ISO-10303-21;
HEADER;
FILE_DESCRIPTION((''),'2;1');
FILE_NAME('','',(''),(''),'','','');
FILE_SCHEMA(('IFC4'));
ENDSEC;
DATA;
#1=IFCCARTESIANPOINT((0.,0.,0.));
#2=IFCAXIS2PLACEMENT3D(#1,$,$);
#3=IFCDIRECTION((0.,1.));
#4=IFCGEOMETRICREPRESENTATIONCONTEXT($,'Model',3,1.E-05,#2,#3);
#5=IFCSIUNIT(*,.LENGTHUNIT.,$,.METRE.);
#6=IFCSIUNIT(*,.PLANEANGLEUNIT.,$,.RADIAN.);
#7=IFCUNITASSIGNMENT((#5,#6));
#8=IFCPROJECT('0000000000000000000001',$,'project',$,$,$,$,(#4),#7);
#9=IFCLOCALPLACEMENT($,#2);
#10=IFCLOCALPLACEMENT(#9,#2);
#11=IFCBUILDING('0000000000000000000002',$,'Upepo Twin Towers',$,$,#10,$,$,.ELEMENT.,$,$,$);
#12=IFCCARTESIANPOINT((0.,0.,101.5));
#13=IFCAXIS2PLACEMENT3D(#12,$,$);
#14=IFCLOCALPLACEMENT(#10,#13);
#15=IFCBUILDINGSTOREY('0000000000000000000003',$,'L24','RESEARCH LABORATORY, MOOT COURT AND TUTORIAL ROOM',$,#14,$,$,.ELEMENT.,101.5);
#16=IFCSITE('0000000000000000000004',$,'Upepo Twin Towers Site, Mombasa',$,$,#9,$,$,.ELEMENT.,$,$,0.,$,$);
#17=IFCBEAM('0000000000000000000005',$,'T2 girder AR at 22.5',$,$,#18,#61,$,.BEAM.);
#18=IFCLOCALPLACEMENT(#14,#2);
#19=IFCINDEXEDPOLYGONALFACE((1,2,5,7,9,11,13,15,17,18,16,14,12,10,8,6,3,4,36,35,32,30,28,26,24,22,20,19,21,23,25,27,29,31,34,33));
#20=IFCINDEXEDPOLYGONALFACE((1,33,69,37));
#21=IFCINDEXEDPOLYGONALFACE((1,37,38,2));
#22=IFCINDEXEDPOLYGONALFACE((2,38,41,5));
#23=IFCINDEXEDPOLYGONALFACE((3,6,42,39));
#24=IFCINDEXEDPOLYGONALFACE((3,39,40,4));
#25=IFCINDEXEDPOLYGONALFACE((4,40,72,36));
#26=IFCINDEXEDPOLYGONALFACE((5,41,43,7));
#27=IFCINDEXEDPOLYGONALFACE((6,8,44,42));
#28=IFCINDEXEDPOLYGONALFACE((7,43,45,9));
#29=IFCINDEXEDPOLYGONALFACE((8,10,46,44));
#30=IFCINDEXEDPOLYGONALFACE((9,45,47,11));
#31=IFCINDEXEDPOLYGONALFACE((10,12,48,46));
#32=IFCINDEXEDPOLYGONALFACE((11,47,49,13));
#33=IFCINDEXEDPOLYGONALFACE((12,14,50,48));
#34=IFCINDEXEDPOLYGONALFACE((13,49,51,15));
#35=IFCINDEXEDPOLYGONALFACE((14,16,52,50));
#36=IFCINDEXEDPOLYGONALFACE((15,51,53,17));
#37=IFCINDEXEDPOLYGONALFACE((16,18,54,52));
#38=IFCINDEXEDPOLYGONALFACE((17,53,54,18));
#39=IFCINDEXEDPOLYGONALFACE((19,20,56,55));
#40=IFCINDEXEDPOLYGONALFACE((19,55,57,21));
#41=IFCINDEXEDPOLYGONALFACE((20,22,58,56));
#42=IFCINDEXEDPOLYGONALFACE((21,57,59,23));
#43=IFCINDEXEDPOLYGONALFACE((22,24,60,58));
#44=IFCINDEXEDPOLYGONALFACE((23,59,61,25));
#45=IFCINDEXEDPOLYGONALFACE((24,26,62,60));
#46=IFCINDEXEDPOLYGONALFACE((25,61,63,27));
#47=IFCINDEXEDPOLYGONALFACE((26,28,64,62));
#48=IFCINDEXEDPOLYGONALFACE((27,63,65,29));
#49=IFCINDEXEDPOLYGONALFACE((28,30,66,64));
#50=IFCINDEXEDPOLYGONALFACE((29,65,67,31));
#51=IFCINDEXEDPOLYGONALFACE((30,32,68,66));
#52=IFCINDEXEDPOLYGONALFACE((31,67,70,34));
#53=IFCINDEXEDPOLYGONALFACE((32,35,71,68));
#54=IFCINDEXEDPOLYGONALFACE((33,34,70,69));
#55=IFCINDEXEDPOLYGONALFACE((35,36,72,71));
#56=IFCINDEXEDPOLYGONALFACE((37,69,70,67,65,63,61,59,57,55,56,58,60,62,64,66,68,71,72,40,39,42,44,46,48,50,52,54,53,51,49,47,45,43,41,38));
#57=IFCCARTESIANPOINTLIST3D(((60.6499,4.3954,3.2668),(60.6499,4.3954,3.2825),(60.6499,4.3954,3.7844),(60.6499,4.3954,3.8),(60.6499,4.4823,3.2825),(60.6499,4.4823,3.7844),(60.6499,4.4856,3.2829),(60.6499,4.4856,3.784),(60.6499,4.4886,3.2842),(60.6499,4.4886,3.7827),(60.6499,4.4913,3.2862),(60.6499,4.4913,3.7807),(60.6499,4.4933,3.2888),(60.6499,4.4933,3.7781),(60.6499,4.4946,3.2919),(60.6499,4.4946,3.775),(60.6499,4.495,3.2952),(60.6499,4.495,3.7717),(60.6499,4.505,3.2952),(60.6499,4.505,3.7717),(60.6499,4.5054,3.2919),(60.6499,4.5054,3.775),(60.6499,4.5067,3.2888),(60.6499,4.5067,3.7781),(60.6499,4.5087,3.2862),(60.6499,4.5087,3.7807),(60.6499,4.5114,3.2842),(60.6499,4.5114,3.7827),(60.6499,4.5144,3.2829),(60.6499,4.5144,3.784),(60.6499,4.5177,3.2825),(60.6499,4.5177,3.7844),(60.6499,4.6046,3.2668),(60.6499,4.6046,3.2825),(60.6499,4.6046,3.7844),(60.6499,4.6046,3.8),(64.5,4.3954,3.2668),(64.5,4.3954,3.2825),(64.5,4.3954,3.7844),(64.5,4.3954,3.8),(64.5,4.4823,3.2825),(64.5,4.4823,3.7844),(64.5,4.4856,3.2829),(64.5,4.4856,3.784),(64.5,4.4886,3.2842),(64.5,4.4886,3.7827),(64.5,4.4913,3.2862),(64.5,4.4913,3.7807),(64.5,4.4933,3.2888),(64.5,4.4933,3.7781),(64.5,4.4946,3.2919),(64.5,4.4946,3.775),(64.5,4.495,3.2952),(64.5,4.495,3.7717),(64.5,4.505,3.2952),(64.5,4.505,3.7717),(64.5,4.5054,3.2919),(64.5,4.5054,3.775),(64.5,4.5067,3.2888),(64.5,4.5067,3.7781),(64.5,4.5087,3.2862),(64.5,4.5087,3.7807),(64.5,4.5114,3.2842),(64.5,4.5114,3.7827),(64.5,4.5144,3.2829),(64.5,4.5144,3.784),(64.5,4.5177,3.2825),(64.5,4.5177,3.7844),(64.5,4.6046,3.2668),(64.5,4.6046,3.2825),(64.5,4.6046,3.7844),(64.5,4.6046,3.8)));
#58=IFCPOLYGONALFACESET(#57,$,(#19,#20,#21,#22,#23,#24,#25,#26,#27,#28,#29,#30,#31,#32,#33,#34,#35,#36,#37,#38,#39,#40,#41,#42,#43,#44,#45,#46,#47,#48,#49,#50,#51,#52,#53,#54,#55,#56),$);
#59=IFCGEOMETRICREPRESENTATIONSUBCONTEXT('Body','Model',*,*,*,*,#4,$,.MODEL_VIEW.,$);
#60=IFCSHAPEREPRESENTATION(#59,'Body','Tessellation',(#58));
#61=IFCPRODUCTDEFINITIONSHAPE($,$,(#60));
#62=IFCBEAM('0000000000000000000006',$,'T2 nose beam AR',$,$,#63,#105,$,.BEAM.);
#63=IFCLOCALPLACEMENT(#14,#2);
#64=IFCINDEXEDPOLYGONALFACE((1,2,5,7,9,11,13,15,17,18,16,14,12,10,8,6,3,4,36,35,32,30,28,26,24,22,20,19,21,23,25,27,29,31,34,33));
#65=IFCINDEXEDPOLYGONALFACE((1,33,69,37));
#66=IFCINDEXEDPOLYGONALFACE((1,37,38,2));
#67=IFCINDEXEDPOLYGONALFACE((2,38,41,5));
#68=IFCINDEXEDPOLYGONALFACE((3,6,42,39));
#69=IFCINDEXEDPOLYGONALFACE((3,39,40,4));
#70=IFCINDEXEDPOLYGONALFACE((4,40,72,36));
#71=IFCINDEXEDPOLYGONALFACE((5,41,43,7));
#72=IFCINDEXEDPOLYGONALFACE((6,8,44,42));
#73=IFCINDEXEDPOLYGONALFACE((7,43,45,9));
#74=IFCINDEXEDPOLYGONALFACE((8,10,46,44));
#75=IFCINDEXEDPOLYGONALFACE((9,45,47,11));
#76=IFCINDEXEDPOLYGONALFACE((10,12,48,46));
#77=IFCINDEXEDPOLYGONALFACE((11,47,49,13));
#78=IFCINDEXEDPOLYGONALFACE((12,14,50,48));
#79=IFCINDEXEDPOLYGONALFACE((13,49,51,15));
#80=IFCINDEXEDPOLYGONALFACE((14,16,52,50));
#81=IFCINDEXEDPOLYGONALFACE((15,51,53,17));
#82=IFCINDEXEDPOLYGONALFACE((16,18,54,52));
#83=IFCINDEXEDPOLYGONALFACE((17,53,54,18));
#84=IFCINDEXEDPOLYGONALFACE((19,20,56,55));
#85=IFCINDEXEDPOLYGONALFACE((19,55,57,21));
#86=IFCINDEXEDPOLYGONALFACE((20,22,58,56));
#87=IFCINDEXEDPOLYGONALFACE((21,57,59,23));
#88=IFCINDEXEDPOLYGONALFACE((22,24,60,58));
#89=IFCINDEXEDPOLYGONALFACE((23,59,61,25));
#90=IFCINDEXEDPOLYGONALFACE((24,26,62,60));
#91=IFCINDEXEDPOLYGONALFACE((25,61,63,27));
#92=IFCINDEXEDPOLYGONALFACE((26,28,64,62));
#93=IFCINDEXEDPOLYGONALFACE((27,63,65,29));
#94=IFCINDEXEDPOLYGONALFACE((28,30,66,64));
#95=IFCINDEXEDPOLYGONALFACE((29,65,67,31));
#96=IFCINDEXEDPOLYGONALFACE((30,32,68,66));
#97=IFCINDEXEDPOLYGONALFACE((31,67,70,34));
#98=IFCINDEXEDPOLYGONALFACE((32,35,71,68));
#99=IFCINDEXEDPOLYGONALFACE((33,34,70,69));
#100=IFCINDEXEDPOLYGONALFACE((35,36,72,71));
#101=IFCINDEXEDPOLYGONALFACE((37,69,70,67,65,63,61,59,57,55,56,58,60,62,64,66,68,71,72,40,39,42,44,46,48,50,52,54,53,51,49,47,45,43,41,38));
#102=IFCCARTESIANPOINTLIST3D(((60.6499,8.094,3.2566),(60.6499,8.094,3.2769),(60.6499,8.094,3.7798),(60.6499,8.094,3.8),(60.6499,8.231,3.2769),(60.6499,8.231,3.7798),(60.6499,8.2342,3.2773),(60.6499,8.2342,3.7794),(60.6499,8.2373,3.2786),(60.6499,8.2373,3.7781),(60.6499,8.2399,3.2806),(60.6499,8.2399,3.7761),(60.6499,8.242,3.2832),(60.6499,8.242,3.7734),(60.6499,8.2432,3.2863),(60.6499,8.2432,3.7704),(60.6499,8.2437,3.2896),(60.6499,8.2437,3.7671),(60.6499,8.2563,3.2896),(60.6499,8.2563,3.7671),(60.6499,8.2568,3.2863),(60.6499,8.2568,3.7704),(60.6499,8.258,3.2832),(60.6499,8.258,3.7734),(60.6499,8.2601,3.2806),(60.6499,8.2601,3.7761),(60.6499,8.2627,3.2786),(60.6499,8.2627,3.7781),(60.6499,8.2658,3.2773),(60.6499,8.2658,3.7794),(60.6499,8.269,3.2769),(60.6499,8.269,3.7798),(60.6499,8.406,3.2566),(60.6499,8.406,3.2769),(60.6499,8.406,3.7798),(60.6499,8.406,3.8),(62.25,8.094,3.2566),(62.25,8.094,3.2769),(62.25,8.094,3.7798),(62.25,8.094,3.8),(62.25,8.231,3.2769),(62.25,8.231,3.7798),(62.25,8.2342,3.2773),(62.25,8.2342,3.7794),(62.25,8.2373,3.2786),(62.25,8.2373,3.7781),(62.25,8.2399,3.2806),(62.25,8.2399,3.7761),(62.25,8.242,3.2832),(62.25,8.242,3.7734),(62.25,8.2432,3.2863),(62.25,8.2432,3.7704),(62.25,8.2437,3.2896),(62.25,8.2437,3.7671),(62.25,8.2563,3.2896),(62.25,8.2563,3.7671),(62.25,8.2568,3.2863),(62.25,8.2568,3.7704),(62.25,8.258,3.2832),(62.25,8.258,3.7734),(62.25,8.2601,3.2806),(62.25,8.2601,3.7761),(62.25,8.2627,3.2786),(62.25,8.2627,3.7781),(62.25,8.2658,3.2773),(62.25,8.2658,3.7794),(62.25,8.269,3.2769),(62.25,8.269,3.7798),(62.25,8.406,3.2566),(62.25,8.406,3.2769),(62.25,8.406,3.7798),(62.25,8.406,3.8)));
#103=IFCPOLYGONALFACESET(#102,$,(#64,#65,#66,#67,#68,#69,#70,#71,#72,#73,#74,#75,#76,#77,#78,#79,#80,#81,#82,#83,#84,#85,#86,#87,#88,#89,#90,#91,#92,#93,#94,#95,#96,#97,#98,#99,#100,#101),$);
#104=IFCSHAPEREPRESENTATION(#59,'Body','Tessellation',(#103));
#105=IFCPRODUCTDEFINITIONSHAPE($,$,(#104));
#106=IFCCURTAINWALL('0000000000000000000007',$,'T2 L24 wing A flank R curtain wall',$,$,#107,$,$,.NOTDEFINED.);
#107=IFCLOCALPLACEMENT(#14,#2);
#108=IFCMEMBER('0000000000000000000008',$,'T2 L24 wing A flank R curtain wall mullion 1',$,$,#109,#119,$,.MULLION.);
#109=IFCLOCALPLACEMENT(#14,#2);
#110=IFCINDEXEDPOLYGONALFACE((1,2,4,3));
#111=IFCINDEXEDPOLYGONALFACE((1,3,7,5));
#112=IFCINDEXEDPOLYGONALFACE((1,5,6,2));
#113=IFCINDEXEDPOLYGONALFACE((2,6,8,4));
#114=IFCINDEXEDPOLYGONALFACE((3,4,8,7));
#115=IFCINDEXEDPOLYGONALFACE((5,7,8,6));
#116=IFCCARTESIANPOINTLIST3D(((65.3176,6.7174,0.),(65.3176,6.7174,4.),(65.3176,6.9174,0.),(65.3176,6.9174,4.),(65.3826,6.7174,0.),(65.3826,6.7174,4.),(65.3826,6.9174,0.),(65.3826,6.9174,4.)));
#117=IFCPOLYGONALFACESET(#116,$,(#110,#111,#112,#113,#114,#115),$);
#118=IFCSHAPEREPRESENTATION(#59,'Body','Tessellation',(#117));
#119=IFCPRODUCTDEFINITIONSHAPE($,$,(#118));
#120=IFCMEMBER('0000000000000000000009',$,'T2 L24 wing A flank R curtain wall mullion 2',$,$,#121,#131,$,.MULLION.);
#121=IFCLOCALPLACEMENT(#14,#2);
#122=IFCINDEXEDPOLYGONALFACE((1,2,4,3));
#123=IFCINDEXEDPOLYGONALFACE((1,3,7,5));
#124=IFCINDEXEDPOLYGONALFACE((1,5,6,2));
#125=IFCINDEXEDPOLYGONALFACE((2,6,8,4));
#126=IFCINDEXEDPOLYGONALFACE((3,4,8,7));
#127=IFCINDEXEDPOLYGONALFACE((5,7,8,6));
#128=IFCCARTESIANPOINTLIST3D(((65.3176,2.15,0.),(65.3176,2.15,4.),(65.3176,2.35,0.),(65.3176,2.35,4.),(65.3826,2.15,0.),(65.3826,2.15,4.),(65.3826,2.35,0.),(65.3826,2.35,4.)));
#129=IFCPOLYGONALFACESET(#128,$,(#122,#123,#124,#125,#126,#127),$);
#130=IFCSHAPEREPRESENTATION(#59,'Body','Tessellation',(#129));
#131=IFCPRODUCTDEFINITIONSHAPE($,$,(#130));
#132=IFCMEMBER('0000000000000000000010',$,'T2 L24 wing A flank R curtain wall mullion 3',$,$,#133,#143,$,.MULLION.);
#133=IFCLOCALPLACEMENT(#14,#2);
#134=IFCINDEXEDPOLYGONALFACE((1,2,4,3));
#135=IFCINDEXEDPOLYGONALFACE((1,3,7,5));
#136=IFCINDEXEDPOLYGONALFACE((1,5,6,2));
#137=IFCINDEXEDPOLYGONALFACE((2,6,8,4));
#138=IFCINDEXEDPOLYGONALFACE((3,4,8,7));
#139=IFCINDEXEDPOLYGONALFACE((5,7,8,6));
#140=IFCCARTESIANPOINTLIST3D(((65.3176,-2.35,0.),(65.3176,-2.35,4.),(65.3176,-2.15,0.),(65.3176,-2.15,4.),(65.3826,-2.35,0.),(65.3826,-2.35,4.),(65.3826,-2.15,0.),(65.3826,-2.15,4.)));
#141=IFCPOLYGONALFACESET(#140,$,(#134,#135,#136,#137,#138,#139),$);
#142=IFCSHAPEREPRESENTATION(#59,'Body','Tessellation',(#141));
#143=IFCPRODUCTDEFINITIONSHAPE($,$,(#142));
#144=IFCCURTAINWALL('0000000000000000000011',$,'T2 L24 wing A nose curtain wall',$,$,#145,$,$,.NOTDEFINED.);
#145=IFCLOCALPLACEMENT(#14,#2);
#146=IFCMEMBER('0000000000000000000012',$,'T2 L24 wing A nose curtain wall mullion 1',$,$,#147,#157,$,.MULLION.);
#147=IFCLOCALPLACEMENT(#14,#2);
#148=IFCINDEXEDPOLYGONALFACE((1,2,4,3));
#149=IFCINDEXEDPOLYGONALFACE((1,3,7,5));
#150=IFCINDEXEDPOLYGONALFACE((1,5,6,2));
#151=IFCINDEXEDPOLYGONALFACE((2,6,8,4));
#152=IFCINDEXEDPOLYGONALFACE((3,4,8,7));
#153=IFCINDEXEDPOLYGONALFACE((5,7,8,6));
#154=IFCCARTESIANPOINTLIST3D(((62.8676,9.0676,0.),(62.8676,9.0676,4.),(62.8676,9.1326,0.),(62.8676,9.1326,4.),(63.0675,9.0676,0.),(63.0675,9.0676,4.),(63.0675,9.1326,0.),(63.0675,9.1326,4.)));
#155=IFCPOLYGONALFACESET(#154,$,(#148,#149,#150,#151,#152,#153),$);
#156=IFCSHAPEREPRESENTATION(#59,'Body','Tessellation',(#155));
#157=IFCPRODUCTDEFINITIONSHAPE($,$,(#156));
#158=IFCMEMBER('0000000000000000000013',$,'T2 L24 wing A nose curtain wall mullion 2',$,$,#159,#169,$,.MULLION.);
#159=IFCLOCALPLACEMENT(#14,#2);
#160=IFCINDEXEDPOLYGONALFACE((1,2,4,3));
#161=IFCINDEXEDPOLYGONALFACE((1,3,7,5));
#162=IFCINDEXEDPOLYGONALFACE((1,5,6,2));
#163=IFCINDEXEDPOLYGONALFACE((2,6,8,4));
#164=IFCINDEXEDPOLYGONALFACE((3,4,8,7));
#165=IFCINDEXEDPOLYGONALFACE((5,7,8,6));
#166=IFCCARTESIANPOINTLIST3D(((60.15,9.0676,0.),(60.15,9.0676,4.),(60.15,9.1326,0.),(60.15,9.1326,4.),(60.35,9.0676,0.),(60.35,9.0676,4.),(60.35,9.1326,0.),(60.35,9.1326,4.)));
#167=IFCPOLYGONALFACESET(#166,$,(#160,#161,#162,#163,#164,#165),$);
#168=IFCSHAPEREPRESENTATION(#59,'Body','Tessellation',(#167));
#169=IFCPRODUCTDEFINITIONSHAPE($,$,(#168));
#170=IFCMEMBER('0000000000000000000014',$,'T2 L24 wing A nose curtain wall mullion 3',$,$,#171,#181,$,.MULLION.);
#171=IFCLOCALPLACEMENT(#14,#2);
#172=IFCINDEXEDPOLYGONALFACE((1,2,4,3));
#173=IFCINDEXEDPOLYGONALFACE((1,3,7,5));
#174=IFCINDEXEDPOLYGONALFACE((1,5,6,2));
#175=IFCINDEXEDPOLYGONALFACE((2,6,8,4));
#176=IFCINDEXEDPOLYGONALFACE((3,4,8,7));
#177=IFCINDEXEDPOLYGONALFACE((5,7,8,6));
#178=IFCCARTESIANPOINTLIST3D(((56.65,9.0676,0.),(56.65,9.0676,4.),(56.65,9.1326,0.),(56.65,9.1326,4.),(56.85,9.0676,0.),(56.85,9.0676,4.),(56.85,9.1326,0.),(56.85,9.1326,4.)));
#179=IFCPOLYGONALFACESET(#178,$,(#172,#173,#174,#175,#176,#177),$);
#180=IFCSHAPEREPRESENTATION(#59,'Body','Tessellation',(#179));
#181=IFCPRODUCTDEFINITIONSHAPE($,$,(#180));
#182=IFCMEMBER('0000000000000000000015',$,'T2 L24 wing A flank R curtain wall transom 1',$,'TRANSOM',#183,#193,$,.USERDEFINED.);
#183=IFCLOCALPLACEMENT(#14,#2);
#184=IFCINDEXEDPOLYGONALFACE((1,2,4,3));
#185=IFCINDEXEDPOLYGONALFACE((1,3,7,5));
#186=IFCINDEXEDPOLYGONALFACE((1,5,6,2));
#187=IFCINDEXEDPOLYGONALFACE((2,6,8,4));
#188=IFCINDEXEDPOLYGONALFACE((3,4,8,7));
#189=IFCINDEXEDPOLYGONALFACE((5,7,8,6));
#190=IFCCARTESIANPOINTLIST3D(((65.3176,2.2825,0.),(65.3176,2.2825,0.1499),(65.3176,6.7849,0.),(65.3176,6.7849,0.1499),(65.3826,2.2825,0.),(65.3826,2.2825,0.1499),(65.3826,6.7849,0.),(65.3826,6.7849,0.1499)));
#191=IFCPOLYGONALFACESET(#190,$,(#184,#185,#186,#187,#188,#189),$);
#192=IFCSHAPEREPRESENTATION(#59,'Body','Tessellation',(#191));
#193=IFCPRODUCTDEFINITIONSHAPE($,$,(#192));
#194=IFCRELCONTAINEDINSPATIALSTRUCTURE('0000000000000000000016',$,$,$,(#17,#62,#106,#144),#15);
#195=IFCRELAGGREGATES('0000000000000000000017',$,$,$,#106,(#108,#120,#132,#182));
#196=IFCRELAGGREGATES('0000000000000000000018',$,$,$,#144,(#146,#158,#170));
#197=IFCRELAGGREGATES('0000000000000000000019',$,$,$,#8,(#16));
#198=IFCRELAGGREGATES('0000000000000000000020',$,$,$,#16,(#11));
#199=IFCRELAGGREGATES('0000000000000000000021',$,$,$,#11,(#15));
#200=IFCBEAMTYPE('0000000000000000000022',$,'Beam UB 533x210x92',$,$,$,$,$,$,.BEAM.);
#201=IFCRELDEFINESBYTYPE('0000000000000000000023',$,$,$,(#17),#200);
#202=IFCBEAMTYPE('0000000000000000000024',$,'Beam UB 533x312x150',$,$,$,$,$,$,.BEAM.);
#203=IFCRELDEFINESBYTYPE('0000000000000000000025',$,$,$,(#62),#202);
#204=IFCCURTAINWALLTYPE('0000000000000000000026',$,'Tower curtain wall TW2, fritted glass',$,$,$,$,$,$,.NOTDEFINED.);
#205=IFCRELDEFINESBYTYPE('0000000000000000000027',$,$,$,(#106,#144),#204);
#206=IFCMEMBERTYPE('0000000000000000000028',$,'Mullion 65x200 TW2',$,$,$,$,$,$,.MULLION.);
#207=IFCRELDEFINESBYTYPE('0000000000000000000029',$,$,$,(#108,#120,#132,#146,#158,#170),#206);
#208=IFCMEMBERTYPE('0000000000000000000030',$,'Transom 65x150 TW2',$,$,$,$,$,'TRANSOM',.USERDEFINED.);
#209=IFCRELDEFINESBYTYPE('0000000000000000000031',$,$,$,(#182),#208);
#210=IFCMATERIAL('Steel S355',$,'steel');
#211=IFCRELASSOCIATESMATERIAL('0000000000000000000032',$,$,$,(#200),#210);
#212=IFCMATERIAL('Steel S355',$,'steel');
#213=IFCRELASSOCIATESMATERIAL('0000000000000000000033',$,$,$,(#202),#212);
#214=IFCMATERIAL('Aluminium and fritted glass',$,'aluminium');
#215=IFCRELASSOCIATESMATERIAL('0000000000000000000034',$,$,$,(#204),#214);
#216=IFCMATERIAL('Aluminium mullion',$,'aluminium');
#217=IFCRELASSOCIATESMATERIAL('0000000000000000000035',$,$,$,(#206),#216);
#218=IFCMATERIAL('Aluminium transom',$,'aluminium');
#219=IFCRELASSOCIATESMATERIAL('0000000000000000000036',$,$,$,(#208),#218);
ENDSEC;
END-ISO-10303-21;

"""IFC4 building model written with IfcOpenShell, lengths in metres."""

from ifc_helpers import new_model, si_unit, direction, frame, origin, origin_2d, place, context, subcontext, project, spatial, rectangle, i_section, extrude, material, material_profile, profile_set, type_object, element, aggregate, save


model = new_model("IFC4")

# Units and contexts
model_context = context("Model", 3, precision=1e-05, world=origin(), true_north=direction((0.0, 1.0)))
body_context = subcontext(model_context, "Body", "Model", "MODEL_VIEW")
ifc_project = project(units=[si_unit("LENGTHUNIT", "METRE"), si_unit("PLANEANGLEUNIT", "RADIAN")], contexts=[model_context])

# Site, building, storey
site_placement = place(None, origin())
site = spatial("IfcSite", under=ifc_project, at=site_placement, Name="Upepo Twin Towers Site, Mombasa", CompositionType="ELEMENT", RefElevation=0.0)
building_placement = place(site_placement, origin())
building = spatial("IfcBuilding", under=site, at=building_placement, Name="Upepo Twin Towers", CompositionType="ELEMENT")
storey_placement = place(building_placement, frame((0.0, 0.0, 101.5)))
storey = spatial("IfcBuildingStorey", under=building, at=storey_placement, Name="L24", Description="RESEARCH LABORATORY, MOOT COURT AND TUTORIAL ROOM", CompositionType="ELEMENT", Elevation=101.5)

# Beams
ifc_material_1 = material(Name="Steel S355", Category="steel")
ifc_material_profile_1 = material_profile(ifc_material_1, i_section(OverallWidth=0.2092, OverallDepth=0.5332, WebThickness=0.01, FlangeThickness=0.0156, FilletRadius=0.0127, at=origin_2d()), Name="UB 533x210x92")
ifc_profile_set_1 = profile_set([ifc_material_profile_1], Name="Steel S355")
beam_type_1 = type_object("IfcBeamType", Name="Beam UB 533x210x92", PredefinedType="BEAM", material=ifc_profile_set_1)
for number, where, z_axis, x_axis, name in (
    (1, (64.5, 4.5, 3.5334), (-1.0, 0.0, 0.0), (0.0, -1.0, 0.0), "T2 girder AR at 22.5"),
):
    element("IfcBeam", number, at=place(storey_placement, frame(where, z_axis=z_axis, x_axis=x_axis)), inside=storey, type_object=beam_type_1, Name=name, PredefinedType="BEAM", context=body_context, shape_type="SweptSolid", body=[
        extrude(i_section(OverallWidth=0.2092, OverallDepth=0.5332, WebThickness=0.01, FlangeThickness=0.0156, FilletRadius=0.0127, at=origin_2d()), origin(), (0.0, 0.0, 1.0), 3.8501),
    ])
ifc_material_2 = material(Name="Steel S355", Category="steel")
ifc_material_profile_2 = material_profile(ifc_material_2, i_section(OverallWidth=0.312, OverallDepth=0.5435, WebThickness=0.0127, FlangeThickness=0.0203, FilletRadius=0.0127, at=origin_2d()), Name="UB 533x312x150")
ifc_profile_set_2 = profile_set([ifc_material_profile_2], Name="Steel S355")
beam_type_2 = type_object("IfcBeamType", Name="Beam UB 533x312x150", PredefinedType="BEAM", material=ifc_profile_set_2)
beam_1_placement = place(storey_placement, frame((62.25, 8.25, 3.5283), z_axis=(-1.0, 0.0, 0.0), x_axis=(0.0, -1.0, 0.0)))
element("IfcBeam", 2, at=beam_1_placement, inside=storey, type_object=beam_type_2, Name="T2 nose beam AR", PredefinedType="BEAM", context=body_context, shape_type="SweptSolid", body=[
    extrude(i_section(OverallWidth=0.312, OverallDepth=0.5435, WebThickness=0.0127, FlangeThickness=0.0203, FilletRadius=0.0127, at=origin_2d()), origin(), (0.0, 0.0, 1.0), 1.6001),
])

# Curtain walls, members
ifc_material_3 = material(Name="Aluminium and fritted glass", Category="aluminium")
curtain_wall_type = type_object("IfcCurtainWallType", Name="Tower curtain wall TW2, fritted glass", PredefinedType="NOTDEFINED", material=ifc_material_3)
curtain_wall_1_placement = place(storey_placement, origin())
curtain_wall_1 = element("IfcCurtainWall", 3, at=curtain_wall_1_placement, inside=storey, type_object=curtain_wall_type, Name="T2 L24 wing A flank R curtain wall", PredefinedType="NOTDEFINED")
ifc_material_4 = material(Name="Aluminium mullion", Category="aluminium")
ifc_material_profile_3 = material_profile(ifc_material_4, rectangle(XDim=0.0649, YDim=0.2, at=origin_2d()), Name="MULLION 65x200")
ifc_profile_set_3 = profile_set([ifc_material_profile_3], Name="Aluminium mullion")
member_type_1 = type_object("IfcMemberType", Name="Mullion 65x200 TW2", PredefinedType="MULLION", material=ifc_profile_set_3)
member_1_placement = place(storey_placement, frame((65.3501, 6.8174, 0.0), z_axis=(0.0, 0.0, 1.0), x_axis=(1.0, 0.0, 0.0)))
member_1 = element("IfcMember", 4, at=member_1_placement, type_object=member_type_1, Name="T2 L24 wing A flank R curtain wall mullion 1", PredefinedType="MULLION", context=body_context, shape_type="SweptSolid", body=[
    extrude(rectangle(XDim=0.0649, YDim=0.2, at=origin_2d()), origin(), (0.0, 0.0, 1.0), 4.0),
])
member_2_placement = place(storey_placement, frame((65.3501, 2.25, 0.0), z_axis=(0.0, 0.0, 1.0), x_axis=(1.0, 0.0, 0.0)))
member_2 = element("IfcMember", 5, at=member_2_placement, type_object=member_type_1, Name="T2 L24 wing A flank R curtain wall mullion 2", PredefinedType="MULLION", context=body_context, shape_type="SweptSolid", body=[
    extrude(rectangle(XDim=0.0649, YDim=0.2, at=origin_2d()), origin(), (0.0, 0.0, 1.0), 4.0),
])
member_3_placement = place(storey_placement, frame((65.3501, -2.25, 0.0), z_axis=(0.0, 0.0, 1.0), x_axis=(1.0, 0.0, 0.0)))
member_3 = element("IfcMember", 6, at=member_3_placement, type_object=member_type_1, Name="T2 L24 wing A flank R curtain wall mullion 3", PredefinedType="MULLION", context=body_context, shape_type="SweptSolid", body=[
    extrude(rectangle(XDim=0.0649, YDim=0.2, at=origin_2d()), origin(), (0.0, 0.0, 1.0), 4.0),
])
curtain_wall_2_placement = place(storey_placement, origin())
curtain_wall_2 = element("IfcCurtainWall", 7, at=curtain_wall_2_placement, inside=storey, type_object=curtain_wall_type, Name="T2 L24 wing A nose curtain wall", PredefinedType="NOTDEFINED")
member_4_placement = place(storey_placement, frame((62.9675, 9.1001, 0.0), z_axis=(0.0, 0.0, 1.0), x_axis=(0.0, -1.0, 0.0)))
member_4 = element("IfcMember", 8, at=member_4_placement, type_object=member_type_1, Name="T2 L24 wing A nose curtain wall mullion 1", PredefinedType="MULLION", context=body_context, shape_type="SweptSolid", body=[
    extrude(rectangle(XDim=0.0649, YDim=0.2, at=origin_2d()), origin(), (0.0, 0.0, 1.0), 4.0),
])
member_5_placement = place(storey_placement, frame((60.25, 9.1001, 0.0), z_axis=(0.0, 0.0, 1.0), x_axis=(0.0, -1.0, 0.0)))
member_5 = element("IfcMember", 9, at=member_5_placement, type_object=member_type_1, Name="T2 L24 wing A nose curtain wall mullion 2", PredefinedType="MULLION", context=body_context, shape_type="SweptSolid", body=[
    extrude(rectangle(XDim=0.0649, YDim=0.2, at=origin_2d()), origin(), (0.0, 0.0, 1.0), 4.0),
])
member_6_placement = place(storey_placement, frame((56.75, 9.1001, 0.0), z_axis=(0.0, 0.0, 1.0), x_axis=(0.0, -1.0, 0.0)))
member_6 = element("IfcMember", 10, at=member_6_placement, type_object=member_type_1, Name="T2 L24 wing A nose curtain wall mullion 3", PredefinedType="MULLION", context=body_context, shape_type="SweptSolid", body=[
    extrude(rectangle(XDim=0.0649, YDim=0.2, at=origin_2d()), origin(), (0.0, 0.0, 1.0), 4.0),
])

# Member
ifc_material_5 = material(Name="Aluminium transom", Category="aluminium")
ifc_material_profile_4 = material_profile(ifc_material_5, rectangle(XDim=0.0649, YDim=0.1499, at=origin_2d()), Name="TRANSOM 65x150")
ifc_profile_set_4 = profile_set([ifc_material_profile_4], Name="Aluminium transom")
member_type_2 = type_object("IfcMemberType", Name="Transom 65x150 TW2", ElementType="TRANSOM", PredefinedType="USERDEFINED", material=ifc_profile_set_4)
member_7_placement = place(storey_placement, frame((65.3501, 6.7849, 0.075), z_axis=(0.0, -1.0, 0.0), x_axis=(1.0, 0.0, 0.0)))
member_7 = element("IfcMember", 11, at=member_7_placement, type_object=member_type_2, Name="T2 L24 wing A flank R curtain wall transom 1", ObjectType="TRANSOM", PredefinedType="USERDEFINED", context=body_context, shape_type="SweptSolid", body=[
    extrude(rectangle(XDim=0.0649, YDim=0.1499, at=origin_2d()), origin(), (0.0, 0.0, 1.0), 4.5024),
])

aggregate(curtain_wall_1, [member_1, member_2, member_3, member_7])
aggregate(curtain_wall_2, [member_4, member_5, member_6])

save(model, "model.ifc")
